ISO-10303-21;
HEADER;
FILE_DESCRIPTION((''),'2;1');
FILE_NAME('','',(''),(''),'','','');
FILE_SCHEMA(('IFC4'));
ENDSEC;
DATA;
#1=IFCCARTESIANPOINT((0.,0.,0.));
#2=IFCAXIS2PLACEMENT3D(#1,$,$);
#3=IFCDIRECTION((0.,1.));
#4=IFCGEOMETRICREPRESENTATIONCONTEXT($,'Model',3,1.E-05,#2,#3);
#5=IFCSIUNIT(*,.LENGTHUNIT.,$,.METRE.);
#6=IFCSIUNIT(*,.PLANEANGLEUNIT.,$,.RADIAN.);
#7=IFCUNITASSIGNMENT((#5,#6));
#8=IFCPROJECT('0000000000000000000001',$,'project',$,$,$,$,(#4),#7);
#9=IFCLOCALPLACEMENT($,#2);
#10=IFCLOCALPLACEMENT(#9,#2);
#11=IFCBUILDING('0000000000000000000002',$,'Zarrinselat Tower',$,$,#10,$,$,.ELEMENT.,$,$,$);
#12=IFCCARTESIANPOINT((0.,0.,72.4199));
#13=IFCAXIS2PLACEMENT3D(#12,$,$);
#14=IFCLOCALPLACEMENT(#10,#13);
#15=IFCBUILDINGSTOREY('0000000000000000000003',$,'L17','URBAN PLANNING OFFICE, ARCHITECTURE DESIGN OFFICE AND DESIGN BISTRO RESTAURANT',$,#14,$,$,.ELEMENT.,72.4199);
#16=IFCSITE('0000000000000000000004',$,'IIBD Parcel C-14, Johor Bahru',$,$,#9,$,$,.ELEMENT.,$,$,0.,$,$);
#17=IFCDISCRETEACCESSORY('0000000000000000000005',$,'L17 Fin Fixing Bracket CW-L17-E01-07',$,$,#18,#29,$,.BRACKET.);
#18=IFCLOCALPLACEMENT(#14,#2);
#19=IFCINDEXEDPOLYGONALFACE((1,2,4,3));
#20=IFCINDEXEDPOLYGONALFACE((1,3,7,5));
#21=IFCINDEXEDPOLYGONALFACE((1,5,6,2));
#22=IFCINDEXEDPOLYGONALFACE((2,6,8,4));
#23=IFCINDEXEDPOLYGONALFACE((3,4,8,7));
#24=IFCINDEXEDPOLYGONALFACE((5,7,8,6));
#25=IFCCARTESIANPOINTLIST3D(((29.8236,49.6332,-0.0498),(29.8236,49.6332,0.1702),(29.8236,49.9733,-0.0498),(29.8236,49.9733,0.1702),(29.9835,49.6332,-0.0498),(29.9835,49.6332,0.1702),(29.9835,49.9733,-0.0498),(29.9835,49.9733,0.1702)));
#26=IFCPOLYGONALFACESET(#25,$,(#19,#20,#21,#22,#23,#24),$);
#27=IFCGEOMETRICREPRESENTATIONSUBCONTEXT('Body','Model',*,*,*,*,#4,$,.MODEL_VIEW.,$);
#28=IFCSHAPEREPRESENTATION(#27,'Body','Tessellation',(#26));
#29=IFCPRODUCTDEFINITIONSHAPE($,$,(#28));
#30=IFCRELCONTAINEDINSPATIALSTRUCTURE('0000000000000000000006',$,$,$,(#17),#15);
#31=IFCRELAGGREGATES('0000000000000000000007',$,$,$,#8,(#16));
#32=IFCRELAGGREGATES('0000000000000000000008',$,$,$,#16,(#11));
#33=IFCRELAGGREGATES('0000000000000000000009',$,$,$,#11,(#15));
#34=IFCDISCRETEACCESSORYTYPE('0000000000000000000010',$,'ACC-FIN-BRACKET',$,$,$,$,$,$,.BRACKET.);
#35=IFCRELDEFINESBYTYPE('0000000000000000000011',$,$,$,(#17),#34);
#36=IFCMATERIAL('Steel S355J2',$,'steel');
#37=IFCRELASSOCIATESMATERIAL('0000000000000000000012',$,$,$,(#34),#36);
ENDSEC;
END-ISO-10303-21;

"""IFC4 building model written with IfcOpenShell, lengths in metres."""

from ifc_helpers import new_model, si_unit, direction, frame, origin, origin_2d, place, context, subcontext, project, spatial, rectangle, extrude, material, type_object, element, save


model = new_model("IFC4")

# Units and contexts
model_context = context("Model", 3, precision=1e-05, world=origin(), true_north=direction((0.0, 1.0)))
body_context = subcontext(model_context, "Body", "Model", "MODEL_VIEW")
ifc_project = project(units=[si_unit("LENGTHUNIT", "METRE"), si_unit("PLANEANGLEUNIT", "RADIAN")], contexts=[model_context])

# Site, building, storey
site_placement = place(None, origin())
site = spatial("IfcSite", under=ifc_project, at=site_placement, Name="IIBD Parcel C-14, Johor Bahru", CompositionType="ELEMENT", RefElevation=0.0)
building_placement = place(site_placement, origin())
building = spatial("IfcBuilding", under=site, at=building_placement, Name="Zarrinselat Tower", CompositionType="ELEMENT")
storey_placement = place(building_placement, frame((0.0, 0.0, 72.4199)))
storey = spatial("IfcBuildingStorey", under=building, at=storey_placement, Name="L17", Description="URBAN PLANNING OFFICE, ARCHITECTURE DESIGN OFFICE AND DESIGN BISTRO RESTAURANT", CompositionType="ELEMENT", Elevation=72.4199)

# Discrete accessory
ifc_material_1 = material(Name="Steel S355J2", Category="steel")
discrete_accessory_type = type_object("IfcDiscreteAccessoryType", Name="ACC-FIN-BRACKET", PredefinedType="BRACKET", material=ifc_material_1)
discrete_accessory_placement = place(storey_placement, frame((29.9036, 49.8032, -0.0498), z_axis=(0.0, 0.0, 1.0), x_axis=(0.0, 1.0, 0.0)))
element("IfcDiscreteAccessory", 1, at=discrete_accessory_placement, inside=storey, type_object=discrete_accessory_type, Name="L17 Fin Fixing Bracket CW-L17-E01-07", PredefinedType="BRACKET", context=body_context, shape_type="SweptSolid", body=[
    extrude(rectangle(XDim=0.3401, YDim=0.1599, at=origin_2d()), origin(), (0.0, 0.0, 1.0), 0.22),
])

save(model, "model.ifc")
